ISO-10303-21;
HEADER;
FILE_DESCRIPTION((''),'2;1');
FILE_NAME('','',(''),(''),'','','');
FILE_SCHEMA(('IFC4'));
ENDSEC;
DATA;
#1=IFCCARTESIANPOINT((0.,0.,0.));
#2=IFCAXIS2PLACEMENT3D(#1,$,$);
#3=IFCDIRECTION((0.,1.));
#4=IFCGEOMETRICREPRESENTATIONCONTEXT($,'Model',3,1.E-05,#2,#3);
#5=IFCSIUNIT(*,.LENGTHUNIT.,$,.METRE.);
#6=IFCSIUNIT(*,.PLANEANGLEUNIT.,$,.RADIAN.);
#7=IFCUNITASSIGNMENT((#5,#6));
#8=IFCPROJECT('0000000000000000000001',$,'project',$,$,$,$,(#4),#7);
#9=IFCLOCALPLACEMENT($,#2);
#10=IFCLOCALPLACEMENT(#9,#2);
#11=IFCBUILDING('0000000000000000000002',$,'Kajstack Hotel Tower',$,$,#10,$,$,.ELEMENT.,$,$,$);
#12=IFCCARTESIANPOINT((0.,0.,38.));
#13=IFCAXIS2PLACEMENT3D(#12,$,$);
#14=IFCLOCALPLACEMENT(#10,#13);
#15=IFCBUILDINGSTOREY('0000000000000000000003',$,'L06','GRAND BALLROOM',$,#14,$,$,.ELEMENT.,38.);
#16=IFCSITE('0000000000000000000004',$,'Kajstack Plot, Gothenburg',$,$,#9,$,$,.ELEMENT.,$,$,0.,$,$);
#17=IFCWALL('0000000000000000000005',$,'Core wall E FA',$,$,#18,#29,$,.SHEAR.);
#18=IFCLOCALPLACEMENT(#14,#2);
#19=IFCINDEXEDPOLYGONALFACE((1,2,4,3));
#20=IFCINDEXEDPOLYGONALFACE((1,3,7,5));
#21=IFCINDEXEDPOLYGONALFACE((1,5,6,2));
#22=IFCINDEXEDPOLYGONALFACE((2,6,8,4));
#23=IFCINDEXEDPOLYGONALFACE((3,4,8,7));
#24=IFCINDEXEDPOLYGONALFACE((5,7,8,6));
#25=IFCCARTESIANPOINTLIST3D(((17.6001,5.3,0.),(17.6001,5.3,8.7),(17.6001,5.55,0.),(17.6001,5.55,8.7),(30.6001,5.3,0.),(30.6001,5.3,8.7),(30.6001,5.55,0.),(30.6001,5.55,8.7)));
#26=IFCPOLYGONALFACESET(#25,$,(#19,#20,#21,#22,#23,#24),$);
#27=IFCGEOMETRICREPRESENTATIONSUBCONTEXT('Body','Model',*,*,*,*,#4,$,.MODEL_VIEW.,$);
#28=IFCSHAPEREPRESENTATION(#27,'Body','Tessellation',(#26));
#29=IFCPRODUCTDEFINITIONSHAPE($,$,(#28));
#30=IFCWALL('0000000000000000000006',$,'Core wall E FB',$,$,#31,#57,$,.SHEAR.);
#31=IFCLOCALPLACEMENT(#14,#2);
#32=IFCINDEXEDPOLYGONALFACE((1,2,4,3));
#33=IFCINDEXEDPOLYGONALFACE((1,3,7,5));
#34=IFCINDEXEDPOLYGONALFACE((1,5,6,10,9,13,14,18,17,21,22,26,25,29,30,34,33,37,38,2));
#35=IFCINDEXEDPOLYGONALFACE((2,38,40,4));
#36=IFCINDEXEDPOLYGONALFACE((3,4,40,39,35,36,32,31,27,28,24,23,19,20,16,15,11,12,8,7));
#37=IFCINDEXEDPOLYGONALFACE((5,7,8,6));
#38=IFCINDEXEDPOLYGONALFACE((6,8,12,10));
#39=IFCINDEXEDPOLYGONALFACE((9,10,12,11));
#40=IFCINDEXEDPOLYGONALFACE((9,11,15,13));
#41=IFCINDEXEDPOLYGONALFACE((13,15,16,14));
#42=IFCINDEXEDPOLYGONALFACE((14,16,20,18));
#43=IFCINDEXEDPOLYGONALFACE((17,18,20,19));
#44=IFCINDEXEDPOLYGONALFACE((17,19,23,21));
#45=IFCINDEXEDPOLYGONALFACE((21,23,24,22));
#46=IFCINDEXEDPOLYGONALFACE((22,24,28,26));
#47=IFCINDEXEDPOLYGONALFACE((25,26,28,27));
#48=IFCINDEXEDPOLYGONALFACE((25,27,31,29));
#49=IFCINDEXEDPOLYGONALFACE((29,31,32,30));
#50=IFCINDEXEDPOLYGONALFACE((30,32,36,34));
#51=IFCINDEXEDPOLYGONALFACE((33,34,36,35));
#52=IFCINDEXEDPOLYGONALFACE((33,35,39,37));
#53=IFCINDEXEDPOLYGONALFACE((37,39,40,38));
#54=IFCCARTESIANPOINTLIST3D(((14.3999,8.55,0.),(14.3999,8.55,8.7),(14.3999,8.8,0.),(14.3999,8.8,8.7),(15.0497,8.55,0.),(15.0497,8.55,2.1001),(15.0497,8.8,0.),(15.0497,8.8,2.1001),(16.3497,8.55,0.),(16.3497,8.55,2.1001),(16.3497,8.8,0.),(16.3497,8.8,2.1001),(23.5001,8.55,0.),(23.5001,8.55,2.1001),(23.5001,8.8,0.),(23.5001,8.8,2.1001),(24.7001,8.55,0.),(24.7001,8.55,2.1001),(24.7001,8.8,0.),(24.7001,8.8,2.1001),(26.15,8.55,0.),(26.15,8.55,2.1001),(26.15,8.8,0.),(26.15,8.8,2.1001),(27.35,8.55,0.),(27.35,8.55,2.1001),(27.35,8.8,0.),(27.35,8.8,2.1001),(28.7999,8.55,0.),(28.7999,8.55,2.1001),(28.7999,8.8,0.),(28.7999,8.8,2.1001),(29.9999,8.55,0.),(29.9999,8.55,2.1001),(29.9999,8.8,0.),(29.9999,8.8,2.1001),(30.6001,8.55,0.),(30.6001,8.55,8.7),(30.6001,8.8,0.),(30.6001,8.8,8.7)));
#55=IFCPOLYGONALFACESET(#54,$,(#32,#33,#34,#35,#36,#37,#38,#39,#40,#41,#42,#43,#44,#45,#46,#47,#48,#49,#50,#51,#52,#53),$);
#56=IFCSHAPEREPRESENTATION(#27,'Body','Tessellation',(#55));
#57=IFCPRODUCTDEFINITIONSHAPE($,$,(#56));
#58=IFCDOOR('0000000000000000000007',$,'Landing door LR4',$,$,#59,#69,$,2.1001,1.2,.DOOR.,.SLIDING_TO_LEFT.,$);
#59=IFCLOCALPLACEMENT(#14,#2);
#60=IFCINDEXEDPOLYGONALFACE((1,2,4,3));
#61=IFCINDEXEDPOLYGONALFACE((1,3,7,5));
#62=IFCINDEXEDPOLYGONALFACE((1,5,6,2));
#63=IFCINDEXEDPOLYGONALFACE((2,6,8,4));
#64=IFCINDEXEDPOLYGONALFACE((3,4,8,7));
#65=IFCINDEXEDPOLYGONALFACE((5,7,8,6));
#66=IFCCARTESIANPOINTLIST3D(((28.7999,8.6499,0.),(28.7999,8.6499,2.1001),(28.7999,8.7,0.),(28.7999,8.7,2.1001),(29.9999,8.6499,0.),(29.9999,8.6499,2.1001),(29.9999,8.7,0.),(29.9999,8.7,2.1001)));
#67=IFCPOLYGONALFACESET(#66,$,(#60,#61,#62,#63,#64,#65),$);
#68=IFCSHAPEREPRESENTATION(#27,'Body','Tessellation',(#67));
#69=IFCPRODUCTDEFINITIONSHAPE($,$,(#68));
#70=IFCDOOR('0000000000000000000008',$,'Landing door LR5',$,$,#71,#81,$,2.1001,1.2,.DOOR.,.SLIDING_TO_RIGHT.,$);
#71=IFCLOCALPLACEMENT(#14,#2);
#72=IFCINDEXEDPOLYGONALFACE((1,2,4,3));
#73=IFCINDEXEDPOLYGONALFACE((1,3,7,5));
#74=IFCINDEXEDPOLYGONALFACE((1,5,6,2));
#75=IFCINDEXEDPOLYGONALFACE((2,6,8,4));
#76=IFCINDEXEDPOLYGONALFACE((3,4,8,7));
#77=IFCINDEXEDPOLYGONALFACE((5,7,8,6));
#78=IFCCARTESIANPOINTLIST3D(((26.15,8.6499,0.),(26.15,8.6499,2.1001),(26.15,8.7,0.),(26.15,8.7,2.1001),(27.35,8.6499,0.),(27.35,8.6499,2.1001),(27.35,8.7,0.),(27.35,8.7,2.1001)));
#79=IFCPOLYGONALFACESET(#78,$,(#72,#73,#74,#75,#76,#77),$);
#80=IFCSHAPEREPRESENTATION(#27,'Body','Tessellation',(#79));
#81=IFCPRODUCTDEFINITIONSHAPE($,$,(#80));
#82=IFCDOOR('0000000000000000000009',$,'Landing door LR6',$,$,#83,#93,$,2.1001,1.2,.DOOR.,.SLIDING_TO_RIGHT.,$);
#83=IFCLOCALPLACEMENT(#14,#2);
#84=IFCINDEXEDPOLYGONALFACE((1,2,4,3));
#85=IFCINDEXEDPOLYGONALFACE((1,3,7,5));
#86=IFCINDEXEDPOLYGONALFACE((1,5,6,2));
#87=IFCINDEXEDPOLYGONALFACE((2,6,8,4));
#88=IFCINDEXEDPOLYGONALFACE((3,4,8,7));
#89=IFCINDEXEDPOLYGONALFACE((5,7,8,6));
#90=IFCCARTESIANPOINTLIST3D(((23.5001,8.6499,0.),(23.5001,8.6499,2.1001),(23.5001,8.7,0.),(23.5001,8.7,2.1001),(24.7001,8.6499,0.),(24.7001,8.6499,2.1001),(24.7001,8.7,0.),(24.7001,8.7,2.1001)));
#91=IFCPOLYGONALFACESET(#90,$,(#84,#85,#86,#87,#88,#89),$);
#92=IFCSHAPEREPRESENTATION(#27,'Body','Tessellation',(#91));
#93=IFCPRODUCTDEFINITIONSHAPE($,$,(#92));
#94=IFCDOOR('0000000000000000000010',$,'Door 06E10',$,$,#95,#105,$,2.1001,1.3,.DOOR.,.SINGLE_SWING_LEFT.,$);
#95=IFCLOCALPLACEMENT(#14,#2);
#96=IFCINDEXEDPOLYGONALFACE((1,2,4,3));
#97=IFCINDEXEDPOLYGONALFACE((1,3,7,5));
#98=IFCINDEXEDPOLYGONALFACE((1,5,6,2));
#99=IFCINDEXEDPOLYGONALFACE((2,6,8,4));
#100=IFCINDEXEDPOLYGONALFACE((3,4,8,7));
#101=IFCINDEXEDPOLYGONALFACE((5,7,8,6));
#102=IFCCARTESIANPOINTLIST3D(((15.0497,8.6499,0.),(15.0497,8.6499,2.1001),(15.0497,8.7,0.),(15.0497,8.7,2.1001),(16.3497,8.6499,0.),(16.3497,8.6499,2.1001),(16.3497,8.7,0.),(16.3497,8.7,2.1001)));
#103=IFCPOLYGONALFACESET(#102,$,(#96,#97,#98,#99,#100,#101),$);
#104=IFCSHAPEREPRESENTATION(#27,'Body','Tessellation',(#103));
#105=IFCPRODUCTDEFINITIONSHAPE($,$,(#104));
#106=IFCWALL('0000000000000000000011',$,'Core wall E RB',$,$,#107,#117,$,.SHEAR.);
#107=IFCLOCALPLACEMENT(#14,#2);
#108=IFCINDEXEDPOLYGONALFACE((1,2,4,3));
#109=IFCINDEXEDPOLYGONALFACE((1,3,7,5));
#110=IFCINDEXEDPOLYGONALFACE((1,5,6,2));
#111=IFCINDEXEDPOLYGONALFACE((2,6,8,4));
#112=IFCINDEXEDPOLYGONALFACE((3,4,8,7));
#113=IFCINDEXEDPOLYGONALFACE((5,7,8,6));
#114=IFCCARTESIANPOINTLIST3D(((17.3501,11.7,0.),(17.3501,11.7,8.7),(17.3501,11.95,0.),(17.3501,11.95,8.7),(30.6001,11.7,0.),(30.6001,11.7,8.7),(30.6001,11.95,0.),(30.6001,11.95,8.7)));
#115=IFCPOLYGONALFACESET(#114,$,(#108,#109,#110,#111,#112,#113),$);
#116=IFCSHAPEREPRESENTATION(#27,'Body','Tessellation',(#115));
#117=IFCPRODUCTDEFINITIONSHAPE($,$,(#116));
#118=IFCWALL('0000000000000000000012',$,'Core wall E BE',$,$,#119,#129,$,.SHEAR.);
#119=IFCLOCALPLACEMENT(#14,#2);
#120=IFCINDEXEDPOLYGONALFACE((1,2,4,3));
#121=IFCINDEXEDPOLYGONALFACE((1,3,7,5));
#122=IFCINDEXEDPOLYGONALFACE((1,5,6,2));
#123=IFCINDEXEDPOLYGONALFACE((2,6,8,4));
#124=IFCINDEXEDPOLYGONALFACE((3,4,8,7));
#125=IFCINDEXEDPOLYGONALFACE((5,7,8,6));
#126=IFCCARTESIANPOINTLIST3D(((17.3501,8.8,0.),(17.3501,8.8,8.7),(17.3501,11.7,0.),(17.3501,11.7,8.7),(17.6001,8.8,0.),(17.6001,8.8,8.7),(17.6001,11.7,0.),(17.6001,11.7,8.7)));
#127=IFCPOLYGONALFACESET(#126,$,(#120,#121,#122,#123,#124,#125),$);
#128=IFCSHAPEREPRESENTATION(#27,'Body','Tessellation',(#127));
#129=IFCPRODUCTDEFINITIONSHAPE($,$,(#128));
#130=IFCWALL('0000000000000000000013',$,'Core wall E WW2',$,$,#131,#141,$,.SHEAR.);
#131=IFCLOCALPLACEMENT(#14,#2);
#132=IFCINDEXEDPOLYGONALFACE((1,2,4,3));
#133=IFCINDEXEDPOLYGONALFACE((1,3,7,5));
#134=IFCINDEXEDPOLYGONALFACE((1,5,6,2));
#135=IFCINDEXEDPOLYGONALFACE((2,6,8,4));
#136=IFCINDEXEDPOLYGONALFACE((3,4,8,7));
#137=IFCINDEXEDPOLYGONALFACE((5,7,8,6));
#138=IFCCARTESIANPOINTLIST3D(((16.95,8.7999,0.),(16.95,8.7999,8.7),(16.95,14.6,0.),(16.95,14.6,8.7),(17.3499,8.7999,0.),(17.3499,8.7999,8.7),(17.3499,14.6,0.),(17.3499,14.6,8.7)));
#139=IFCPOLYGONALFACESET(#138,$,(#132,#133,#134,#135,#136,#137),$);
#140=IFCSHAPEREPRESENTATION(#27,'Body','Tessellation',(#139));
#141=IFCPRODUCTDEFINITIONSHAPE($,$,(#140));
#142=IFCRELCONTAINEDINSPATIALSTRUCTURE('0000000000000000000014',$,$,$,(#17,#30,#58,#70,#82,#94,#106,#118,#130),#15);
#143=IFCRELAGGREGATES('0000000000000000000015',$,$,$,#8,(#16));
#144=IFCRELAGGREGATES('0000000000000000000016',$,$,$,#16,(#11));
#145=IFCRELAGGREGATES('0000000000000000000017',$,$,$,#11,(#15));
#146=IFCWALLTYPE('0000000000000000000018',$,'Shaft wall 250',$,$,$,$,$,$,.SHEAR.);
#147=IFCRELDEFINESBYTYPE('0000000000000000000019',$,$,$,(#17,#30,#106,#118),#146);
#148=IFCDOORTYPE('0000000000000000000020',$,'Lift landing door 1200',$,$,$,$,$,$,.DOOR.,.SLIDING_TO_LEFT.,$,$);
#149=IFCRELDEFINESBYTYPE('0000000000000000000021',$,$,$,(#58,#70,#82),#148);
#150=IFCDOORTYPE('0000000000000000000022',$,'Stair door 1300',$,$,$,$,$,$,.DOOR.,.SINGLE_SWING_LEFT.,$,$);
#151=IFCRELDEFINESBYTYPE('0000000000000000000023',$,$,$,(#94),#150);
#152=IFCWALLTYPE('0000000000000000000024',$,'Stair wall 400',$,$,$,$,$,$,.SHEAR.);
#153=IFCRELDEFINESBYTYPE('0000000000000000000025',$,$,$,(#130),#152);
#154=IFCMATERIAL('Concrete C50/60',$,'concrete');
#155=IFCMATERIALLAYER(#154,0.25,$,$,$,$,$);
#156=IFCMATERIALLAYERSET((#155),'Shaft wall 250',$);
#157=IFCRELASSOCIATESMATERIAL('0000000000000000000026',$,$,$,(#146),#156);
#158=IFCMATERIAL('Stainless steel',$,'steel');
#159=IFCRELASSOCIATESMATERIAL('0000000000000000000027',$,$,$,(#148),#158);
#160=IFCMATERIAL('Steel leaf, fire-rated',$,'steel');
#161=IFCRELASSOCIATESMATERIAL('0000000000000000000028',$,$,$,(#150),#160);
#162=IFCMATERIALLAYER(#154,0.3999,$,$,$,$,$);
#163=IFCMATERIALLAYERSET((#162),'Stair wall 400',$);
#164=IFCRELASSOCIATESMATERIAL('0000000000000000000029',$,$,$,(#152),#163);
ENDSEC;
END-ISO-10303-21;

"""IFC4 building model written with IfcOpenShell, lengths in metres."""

from ifc_helpers import new_model, si_unit, direction, frame, frame_2d, origin, place, context, subcontext, project, spatial, rectangle, extrude, material, layer, layer_set, type_object, element, fill, save


model = new_model("IFC4")

# Units and contexts
model_context = context("Model", 3, precision=1e-05, world=origin(), true_north=direction((0.0, 1.0)))
body_context = subcontext(model_context, "Body", "Model", "MODEL_VIEW")
ifc_project = project(units=[si_unit("LENGTHUNIT", "METRE"), si_unit("PLANEANGLEUNIT", "RADIAN")], contexts=[model_context])

# Site, building, storey
site_placement = place(None, origin())
site = spatial("IfcSite", under=ifc_project, at=site_placement, Name="Kajstack Plot, Gothenburg", CompositionType="ELEMENT", RefElevation=0.0)
building_placement = place(site_placement, origin())
building = spatial("IfcBuilding", under=site, at=building_placement, Name="Kajstack Hotel Tower", CompositionType="ELEMENT")
storey_placement = place(building_placement, frame((0.0, 0.0, 38.0)))
storey = spatial("IfcBuildingStorey", under=building, at=storey_placement, Name="L06", Description="GRAND BALLROOM", CompositionType="ELEMENT", Elevation=38.0)

# Wall
ifc_material_1 = material(Name="Concrete C50/60", Category="concrete")
ifc_layer_1 = layer(ifc_material_1, 0.25)
ifc_layer_set_1 = layer_set([ifc_layer_1], Name="Shaft wall 250")
wall_type_1 = type_object("IfcWallType", Name="Shaft wall 250", PredefinedType="SHEAR", material=ifc_layer_set_1)
wall_1_placement = place(storey_placement, frame((17.6001, 5.425, 0.0), z_axis=(0.0, 0.0, 1.0), x_axis=(1.0, 0.0, 0.0)))
element("IfcWall", 1, at=wall_1_placement, inside=storey, type_object=wall_type_1, Name="Core wall E FA", PredefinedType="SHEAR", context=body_context, shape_type="SweptSolid", body=[
    extrude(rectangle(XDim=13.0, YDim=0.25, at=frame_2d((6.5, 0.0))), origin(), (0.0, 0.0, 1.0), 8.7),
])

# Wall, openings, doors
wall_2_placement = place(storey_placement, frame((14.3999, 8.675, 0.0), z_axis=(0.0, 0.0, 1.0), x_axis=(1.0, 0.0, 0.0)))
wall_2 = element("IfcWall", 2, at=wall_2_placement, inside=storey, type_object=wall_type_1, Name="Core wall E FB", PredefinedType="SHEAR", context=body_context, shape_type="SweptSolid", body=[
    extrude(rectangle(XDim=16.2002, YDim=0.25, at=frame_2d((8.1001, 0.0))), origin(), (0.0, 0.0, 1.0), 8.7),
])
opening_1_placement = place(wall_2_placement, frame((14.3999, 0.0, 0.0)))
opening_1 = element("IfcOpeningElement", 3, at=opening_1_placement, cuts=wall_2, PredefinedType="OPENING", context=body_context, shape_type="SweptSolid", body=[
    extrude(rectangle(XDim=1.2, YDim=2.1001, at=frame_2d((0.6001, 1.05))), frame((0.0, 0.135, 0.0), z_axis=(0.0, -1.0, 0.0), x_axis=(1.0, 0.0, 0.0)), (0.0, 0.0, 1.0), 0.27),
])
opening_2_placement = place(wall_2_placement, frame((11.75, 0.0, 0.0)))
opening_2 = element("IfcOpeningElement", 4, at=opening_2_placement, cuts=wall_2, PredefinedType="OPENING", context=body_context, shape_type="SweptSolid", body=[
    extrude(rectangle(XDim=1.2, YDim=2.1001, at=frame_2d((0.6001, 1.05))), frame((0.0, 0.135, 0.0), z_axis=(0.0, -1.0, 0.0), x_axis=(1.0, 0.0, 0.0)), (0.0, 0.0, 1.0), 0.27),
])
opening_3_placement = place(wall_2_placement, frame((9.1001, 0.0, 0.0)))
opening_3 = element("IfcOpeningElement", 5, at=opening_3_placement, cuts=wall_2, PredefinedType="OPENING", context=body_context, shape_type="SweptSolid", body=[
    extrude(rectangle(XDim=1.2, YDim=2.1001, at=frame_2d((0.6001, 1.05))), frame((0.0, 0.135, 0.0), z_axis=(0.0, -1.0, 0.0), x_axis=(1.0, 0.0, 0.0)), (0.0, 0.0, 1.0), 0.27),
])
opening_4_placement = place(wall_2_placement, frame((0.6499, 0.0, 0.0)))
opening_4 = element("IfcOpeningElement", 6, at=opening_4_placement, cuts=wall_2, PredefinedType="OPENING", context=body_context, shape_type="SweptSolid", body=[
    extrude(rectangle(XDim=1.3, YDim=2.1001, at=frame_2d((0.6499, 1.05))), frame((0.0, 0.135, 0.0), z_axis=(0.0, -1.0, 0.0), x_axis=(1.0, 0.0, 0.0)), (0.0, 0.0, 1.0), 0.27),
])
ifc_material_2 = material(Name="Stainless steel", Category="steel")
door_type_1 = type_object("IfcDoorType", Name="Lift landing door 1200", OperationType="SLIDING_TO_LEFT", PredefinedType="DOOR", material=ifc_material_2)
door_1_placement = place(opening_1_placement, origin())
door_1 = element("IfcDoor", 7, at=door_1_placement, inside=storey, type_object=door_type_1, Name="Landing door LR4", OperationType="SLIDING_TO_LEFT", OverallHeight=2.1001, OverallWidth=1.2, PredefinedType="DOOR", context=body_context, shape_type="SweptSolid", body=[
    extrude(rectangle(XDim=1.2, YDim=2.1001, at=frame_2d((0.6001, 1.05))), frame((0.0, 0.0249, 0.0), z_axis=(0.0, -1.0, 0.0), x_axis=(1.0, 0.0, 0.0)), (0.0, 0.0, 1.0), 0.05),
])
fill(opening_1, door_1)
door_2_placement = place(opening_2_placement, origin())
door_2 = element("IfcDoor", 8, at=door_2_placement, inside=storey, type_object=door_type_1, Name="Landing door LR5", OperationType="SLIDING_TO_RIGHT", OverallHeight=2.1001, OverallWidth=1.2, PredefinedType="DOOR", context=body_context, shape_type="SweptSolid", body=[
    extrude(rectangle(XDim=1.2, YDim=2.1001, at=frame_2d((0.6001, 1.05))), frame((0.0, 0.0249, 0.0), z_axis=(0.0, -1.0, 0.0), x_axis=(1.0, 0.0, 0.0)), (0.0, 0.0, 1.0), 0.05),
])
fill(opening_2, door_2)
door_3_placement = place(opening_3_placement, origin())
door_3 = element("IfcDoor", 9, at=door_3_placement, inside=storey, type_object=door_type_1, Name="Landing door LR6", OperationType="SLIDING_TO_RIGHT", OverallHeight=2.1001, OverallWidth=1.2, PredefinedType="DOOR", context=body_context, shape_type="SweptSolid", body=[
    extrude(rectangle(XDim=1.2, YDim=2.1001, at=frame_2d((0.6001, 1.05))), frame((0.0, 0.0249, 0.0), z_axis=(0.0, -1.0, 0.0), x_axis=(1.0, 0.0, 0.0)), (0.0, 0.0, 1.0), 0.05),
])
fill(opening_3, door_3)
ifc_material_3 = material(Name="Steel leaf, fire-rated", Category="steel")
door_type_2 = type_object("IfcDoorType", Name="Stair door 1300", OperationType="SINGLE_SWING_LEFT", PredefinedType="DOOR", material=ifc_material_3)
door_4_placement = place(opening_4_placement, origin())
door_4 = element("IfcDoor", 10, at=door_4_placement, inside=storey, type_object=door_type_2, Name="Door 06E10", OperationType="SINGLE_SWING_LEFT", OverallHeight=2.1001, OverallWidth=1.3, PredefinedType="DOOR", context=body_context, shape_type="SweptSolid", body=[
    extrude(rectangle(XDim=1.3, YDim=2.1001, at=frame_2d((0.6499, 1.05))), frame((0.0, 0.0249, 0.0), z_axis=(0.0, -1.0, 0.0), x_axis=(1.0, 0.0, 0.0)), (0.0, 0.0, 1.0), 0.05),
])
fill(opening_4, door_4)

# Walls
wall_3_placement = place(storey_placement, frame((17.3501, 11.825, 0.0), z_axis=(0.0, 0.0, 1.0), x_axis=(1.0, 0.0, 0.0)))
element("IfcWall", 11, at=wall_3_placement, inside=storey, type_object=wall_type_1, Name="Core wall E RB", PredefinedType="SHEAR", context=body_context, shape_type="SweptSolid", body=[
    extrude(rectangle(XDim=13.25, YDim=0.25, at=frame_2d((6.625, 0.0))), origin(), (0.0, 0.0, 1.0), 8.7),
])
wall_4_placement = place(storey_placement, frame((17.4751, 8.8, 0.0), z_axis=(0.0, 0.0, 1.0), x_axis=(0.0, 1.0, 0.0)))
element("IfcWall", 12, at=wall_4_placement, inside=storey, type_object=wall_type_1, Name="Core wall E BE", PredefinedType="SHEAR", context=body_context, shape_type="SweptSolid", body=[
    extrude(rectangle(XDim=2.8999, YDim=0.25, at=frame_2d((1.45, 0.0))), origin(), (0.0, 0.0, 1.0), 8.7),
])
ifc_layer_2 = layer(ifc_material_1, 0.3999)
ifc_layer_set_2 = layer_set([ifc_layer_2], Name="Stair wall 400")
wall_type_2 = type_object("IfcWallType", Name="Stair wall 400", PredefinedType="SHEAR", material=ifc_layer_set_2)
wall_5_placement = place(storey_placement, frame((17.1499, 8.8, 0.0), z_axis=(0.0, 0.0, 1.0), x_axis=(0.0, 1.0, 0.0)))
element("IfcWall", 13, at=wall_5_placement, inside=storey, type_object=wall_type_2, Name="Core wall E WW2", PredefinedType="SHEAR", context=body_context, shape_type="SweptSolid", body=[
    extrude(rectangle(XDim=5.8, YDim=0.3999, at=frame_2d((2.8999, 0.0))), origin(), (0.0, 0.0, 1.0), 8.7),
])

save(model, "model.ifc")
